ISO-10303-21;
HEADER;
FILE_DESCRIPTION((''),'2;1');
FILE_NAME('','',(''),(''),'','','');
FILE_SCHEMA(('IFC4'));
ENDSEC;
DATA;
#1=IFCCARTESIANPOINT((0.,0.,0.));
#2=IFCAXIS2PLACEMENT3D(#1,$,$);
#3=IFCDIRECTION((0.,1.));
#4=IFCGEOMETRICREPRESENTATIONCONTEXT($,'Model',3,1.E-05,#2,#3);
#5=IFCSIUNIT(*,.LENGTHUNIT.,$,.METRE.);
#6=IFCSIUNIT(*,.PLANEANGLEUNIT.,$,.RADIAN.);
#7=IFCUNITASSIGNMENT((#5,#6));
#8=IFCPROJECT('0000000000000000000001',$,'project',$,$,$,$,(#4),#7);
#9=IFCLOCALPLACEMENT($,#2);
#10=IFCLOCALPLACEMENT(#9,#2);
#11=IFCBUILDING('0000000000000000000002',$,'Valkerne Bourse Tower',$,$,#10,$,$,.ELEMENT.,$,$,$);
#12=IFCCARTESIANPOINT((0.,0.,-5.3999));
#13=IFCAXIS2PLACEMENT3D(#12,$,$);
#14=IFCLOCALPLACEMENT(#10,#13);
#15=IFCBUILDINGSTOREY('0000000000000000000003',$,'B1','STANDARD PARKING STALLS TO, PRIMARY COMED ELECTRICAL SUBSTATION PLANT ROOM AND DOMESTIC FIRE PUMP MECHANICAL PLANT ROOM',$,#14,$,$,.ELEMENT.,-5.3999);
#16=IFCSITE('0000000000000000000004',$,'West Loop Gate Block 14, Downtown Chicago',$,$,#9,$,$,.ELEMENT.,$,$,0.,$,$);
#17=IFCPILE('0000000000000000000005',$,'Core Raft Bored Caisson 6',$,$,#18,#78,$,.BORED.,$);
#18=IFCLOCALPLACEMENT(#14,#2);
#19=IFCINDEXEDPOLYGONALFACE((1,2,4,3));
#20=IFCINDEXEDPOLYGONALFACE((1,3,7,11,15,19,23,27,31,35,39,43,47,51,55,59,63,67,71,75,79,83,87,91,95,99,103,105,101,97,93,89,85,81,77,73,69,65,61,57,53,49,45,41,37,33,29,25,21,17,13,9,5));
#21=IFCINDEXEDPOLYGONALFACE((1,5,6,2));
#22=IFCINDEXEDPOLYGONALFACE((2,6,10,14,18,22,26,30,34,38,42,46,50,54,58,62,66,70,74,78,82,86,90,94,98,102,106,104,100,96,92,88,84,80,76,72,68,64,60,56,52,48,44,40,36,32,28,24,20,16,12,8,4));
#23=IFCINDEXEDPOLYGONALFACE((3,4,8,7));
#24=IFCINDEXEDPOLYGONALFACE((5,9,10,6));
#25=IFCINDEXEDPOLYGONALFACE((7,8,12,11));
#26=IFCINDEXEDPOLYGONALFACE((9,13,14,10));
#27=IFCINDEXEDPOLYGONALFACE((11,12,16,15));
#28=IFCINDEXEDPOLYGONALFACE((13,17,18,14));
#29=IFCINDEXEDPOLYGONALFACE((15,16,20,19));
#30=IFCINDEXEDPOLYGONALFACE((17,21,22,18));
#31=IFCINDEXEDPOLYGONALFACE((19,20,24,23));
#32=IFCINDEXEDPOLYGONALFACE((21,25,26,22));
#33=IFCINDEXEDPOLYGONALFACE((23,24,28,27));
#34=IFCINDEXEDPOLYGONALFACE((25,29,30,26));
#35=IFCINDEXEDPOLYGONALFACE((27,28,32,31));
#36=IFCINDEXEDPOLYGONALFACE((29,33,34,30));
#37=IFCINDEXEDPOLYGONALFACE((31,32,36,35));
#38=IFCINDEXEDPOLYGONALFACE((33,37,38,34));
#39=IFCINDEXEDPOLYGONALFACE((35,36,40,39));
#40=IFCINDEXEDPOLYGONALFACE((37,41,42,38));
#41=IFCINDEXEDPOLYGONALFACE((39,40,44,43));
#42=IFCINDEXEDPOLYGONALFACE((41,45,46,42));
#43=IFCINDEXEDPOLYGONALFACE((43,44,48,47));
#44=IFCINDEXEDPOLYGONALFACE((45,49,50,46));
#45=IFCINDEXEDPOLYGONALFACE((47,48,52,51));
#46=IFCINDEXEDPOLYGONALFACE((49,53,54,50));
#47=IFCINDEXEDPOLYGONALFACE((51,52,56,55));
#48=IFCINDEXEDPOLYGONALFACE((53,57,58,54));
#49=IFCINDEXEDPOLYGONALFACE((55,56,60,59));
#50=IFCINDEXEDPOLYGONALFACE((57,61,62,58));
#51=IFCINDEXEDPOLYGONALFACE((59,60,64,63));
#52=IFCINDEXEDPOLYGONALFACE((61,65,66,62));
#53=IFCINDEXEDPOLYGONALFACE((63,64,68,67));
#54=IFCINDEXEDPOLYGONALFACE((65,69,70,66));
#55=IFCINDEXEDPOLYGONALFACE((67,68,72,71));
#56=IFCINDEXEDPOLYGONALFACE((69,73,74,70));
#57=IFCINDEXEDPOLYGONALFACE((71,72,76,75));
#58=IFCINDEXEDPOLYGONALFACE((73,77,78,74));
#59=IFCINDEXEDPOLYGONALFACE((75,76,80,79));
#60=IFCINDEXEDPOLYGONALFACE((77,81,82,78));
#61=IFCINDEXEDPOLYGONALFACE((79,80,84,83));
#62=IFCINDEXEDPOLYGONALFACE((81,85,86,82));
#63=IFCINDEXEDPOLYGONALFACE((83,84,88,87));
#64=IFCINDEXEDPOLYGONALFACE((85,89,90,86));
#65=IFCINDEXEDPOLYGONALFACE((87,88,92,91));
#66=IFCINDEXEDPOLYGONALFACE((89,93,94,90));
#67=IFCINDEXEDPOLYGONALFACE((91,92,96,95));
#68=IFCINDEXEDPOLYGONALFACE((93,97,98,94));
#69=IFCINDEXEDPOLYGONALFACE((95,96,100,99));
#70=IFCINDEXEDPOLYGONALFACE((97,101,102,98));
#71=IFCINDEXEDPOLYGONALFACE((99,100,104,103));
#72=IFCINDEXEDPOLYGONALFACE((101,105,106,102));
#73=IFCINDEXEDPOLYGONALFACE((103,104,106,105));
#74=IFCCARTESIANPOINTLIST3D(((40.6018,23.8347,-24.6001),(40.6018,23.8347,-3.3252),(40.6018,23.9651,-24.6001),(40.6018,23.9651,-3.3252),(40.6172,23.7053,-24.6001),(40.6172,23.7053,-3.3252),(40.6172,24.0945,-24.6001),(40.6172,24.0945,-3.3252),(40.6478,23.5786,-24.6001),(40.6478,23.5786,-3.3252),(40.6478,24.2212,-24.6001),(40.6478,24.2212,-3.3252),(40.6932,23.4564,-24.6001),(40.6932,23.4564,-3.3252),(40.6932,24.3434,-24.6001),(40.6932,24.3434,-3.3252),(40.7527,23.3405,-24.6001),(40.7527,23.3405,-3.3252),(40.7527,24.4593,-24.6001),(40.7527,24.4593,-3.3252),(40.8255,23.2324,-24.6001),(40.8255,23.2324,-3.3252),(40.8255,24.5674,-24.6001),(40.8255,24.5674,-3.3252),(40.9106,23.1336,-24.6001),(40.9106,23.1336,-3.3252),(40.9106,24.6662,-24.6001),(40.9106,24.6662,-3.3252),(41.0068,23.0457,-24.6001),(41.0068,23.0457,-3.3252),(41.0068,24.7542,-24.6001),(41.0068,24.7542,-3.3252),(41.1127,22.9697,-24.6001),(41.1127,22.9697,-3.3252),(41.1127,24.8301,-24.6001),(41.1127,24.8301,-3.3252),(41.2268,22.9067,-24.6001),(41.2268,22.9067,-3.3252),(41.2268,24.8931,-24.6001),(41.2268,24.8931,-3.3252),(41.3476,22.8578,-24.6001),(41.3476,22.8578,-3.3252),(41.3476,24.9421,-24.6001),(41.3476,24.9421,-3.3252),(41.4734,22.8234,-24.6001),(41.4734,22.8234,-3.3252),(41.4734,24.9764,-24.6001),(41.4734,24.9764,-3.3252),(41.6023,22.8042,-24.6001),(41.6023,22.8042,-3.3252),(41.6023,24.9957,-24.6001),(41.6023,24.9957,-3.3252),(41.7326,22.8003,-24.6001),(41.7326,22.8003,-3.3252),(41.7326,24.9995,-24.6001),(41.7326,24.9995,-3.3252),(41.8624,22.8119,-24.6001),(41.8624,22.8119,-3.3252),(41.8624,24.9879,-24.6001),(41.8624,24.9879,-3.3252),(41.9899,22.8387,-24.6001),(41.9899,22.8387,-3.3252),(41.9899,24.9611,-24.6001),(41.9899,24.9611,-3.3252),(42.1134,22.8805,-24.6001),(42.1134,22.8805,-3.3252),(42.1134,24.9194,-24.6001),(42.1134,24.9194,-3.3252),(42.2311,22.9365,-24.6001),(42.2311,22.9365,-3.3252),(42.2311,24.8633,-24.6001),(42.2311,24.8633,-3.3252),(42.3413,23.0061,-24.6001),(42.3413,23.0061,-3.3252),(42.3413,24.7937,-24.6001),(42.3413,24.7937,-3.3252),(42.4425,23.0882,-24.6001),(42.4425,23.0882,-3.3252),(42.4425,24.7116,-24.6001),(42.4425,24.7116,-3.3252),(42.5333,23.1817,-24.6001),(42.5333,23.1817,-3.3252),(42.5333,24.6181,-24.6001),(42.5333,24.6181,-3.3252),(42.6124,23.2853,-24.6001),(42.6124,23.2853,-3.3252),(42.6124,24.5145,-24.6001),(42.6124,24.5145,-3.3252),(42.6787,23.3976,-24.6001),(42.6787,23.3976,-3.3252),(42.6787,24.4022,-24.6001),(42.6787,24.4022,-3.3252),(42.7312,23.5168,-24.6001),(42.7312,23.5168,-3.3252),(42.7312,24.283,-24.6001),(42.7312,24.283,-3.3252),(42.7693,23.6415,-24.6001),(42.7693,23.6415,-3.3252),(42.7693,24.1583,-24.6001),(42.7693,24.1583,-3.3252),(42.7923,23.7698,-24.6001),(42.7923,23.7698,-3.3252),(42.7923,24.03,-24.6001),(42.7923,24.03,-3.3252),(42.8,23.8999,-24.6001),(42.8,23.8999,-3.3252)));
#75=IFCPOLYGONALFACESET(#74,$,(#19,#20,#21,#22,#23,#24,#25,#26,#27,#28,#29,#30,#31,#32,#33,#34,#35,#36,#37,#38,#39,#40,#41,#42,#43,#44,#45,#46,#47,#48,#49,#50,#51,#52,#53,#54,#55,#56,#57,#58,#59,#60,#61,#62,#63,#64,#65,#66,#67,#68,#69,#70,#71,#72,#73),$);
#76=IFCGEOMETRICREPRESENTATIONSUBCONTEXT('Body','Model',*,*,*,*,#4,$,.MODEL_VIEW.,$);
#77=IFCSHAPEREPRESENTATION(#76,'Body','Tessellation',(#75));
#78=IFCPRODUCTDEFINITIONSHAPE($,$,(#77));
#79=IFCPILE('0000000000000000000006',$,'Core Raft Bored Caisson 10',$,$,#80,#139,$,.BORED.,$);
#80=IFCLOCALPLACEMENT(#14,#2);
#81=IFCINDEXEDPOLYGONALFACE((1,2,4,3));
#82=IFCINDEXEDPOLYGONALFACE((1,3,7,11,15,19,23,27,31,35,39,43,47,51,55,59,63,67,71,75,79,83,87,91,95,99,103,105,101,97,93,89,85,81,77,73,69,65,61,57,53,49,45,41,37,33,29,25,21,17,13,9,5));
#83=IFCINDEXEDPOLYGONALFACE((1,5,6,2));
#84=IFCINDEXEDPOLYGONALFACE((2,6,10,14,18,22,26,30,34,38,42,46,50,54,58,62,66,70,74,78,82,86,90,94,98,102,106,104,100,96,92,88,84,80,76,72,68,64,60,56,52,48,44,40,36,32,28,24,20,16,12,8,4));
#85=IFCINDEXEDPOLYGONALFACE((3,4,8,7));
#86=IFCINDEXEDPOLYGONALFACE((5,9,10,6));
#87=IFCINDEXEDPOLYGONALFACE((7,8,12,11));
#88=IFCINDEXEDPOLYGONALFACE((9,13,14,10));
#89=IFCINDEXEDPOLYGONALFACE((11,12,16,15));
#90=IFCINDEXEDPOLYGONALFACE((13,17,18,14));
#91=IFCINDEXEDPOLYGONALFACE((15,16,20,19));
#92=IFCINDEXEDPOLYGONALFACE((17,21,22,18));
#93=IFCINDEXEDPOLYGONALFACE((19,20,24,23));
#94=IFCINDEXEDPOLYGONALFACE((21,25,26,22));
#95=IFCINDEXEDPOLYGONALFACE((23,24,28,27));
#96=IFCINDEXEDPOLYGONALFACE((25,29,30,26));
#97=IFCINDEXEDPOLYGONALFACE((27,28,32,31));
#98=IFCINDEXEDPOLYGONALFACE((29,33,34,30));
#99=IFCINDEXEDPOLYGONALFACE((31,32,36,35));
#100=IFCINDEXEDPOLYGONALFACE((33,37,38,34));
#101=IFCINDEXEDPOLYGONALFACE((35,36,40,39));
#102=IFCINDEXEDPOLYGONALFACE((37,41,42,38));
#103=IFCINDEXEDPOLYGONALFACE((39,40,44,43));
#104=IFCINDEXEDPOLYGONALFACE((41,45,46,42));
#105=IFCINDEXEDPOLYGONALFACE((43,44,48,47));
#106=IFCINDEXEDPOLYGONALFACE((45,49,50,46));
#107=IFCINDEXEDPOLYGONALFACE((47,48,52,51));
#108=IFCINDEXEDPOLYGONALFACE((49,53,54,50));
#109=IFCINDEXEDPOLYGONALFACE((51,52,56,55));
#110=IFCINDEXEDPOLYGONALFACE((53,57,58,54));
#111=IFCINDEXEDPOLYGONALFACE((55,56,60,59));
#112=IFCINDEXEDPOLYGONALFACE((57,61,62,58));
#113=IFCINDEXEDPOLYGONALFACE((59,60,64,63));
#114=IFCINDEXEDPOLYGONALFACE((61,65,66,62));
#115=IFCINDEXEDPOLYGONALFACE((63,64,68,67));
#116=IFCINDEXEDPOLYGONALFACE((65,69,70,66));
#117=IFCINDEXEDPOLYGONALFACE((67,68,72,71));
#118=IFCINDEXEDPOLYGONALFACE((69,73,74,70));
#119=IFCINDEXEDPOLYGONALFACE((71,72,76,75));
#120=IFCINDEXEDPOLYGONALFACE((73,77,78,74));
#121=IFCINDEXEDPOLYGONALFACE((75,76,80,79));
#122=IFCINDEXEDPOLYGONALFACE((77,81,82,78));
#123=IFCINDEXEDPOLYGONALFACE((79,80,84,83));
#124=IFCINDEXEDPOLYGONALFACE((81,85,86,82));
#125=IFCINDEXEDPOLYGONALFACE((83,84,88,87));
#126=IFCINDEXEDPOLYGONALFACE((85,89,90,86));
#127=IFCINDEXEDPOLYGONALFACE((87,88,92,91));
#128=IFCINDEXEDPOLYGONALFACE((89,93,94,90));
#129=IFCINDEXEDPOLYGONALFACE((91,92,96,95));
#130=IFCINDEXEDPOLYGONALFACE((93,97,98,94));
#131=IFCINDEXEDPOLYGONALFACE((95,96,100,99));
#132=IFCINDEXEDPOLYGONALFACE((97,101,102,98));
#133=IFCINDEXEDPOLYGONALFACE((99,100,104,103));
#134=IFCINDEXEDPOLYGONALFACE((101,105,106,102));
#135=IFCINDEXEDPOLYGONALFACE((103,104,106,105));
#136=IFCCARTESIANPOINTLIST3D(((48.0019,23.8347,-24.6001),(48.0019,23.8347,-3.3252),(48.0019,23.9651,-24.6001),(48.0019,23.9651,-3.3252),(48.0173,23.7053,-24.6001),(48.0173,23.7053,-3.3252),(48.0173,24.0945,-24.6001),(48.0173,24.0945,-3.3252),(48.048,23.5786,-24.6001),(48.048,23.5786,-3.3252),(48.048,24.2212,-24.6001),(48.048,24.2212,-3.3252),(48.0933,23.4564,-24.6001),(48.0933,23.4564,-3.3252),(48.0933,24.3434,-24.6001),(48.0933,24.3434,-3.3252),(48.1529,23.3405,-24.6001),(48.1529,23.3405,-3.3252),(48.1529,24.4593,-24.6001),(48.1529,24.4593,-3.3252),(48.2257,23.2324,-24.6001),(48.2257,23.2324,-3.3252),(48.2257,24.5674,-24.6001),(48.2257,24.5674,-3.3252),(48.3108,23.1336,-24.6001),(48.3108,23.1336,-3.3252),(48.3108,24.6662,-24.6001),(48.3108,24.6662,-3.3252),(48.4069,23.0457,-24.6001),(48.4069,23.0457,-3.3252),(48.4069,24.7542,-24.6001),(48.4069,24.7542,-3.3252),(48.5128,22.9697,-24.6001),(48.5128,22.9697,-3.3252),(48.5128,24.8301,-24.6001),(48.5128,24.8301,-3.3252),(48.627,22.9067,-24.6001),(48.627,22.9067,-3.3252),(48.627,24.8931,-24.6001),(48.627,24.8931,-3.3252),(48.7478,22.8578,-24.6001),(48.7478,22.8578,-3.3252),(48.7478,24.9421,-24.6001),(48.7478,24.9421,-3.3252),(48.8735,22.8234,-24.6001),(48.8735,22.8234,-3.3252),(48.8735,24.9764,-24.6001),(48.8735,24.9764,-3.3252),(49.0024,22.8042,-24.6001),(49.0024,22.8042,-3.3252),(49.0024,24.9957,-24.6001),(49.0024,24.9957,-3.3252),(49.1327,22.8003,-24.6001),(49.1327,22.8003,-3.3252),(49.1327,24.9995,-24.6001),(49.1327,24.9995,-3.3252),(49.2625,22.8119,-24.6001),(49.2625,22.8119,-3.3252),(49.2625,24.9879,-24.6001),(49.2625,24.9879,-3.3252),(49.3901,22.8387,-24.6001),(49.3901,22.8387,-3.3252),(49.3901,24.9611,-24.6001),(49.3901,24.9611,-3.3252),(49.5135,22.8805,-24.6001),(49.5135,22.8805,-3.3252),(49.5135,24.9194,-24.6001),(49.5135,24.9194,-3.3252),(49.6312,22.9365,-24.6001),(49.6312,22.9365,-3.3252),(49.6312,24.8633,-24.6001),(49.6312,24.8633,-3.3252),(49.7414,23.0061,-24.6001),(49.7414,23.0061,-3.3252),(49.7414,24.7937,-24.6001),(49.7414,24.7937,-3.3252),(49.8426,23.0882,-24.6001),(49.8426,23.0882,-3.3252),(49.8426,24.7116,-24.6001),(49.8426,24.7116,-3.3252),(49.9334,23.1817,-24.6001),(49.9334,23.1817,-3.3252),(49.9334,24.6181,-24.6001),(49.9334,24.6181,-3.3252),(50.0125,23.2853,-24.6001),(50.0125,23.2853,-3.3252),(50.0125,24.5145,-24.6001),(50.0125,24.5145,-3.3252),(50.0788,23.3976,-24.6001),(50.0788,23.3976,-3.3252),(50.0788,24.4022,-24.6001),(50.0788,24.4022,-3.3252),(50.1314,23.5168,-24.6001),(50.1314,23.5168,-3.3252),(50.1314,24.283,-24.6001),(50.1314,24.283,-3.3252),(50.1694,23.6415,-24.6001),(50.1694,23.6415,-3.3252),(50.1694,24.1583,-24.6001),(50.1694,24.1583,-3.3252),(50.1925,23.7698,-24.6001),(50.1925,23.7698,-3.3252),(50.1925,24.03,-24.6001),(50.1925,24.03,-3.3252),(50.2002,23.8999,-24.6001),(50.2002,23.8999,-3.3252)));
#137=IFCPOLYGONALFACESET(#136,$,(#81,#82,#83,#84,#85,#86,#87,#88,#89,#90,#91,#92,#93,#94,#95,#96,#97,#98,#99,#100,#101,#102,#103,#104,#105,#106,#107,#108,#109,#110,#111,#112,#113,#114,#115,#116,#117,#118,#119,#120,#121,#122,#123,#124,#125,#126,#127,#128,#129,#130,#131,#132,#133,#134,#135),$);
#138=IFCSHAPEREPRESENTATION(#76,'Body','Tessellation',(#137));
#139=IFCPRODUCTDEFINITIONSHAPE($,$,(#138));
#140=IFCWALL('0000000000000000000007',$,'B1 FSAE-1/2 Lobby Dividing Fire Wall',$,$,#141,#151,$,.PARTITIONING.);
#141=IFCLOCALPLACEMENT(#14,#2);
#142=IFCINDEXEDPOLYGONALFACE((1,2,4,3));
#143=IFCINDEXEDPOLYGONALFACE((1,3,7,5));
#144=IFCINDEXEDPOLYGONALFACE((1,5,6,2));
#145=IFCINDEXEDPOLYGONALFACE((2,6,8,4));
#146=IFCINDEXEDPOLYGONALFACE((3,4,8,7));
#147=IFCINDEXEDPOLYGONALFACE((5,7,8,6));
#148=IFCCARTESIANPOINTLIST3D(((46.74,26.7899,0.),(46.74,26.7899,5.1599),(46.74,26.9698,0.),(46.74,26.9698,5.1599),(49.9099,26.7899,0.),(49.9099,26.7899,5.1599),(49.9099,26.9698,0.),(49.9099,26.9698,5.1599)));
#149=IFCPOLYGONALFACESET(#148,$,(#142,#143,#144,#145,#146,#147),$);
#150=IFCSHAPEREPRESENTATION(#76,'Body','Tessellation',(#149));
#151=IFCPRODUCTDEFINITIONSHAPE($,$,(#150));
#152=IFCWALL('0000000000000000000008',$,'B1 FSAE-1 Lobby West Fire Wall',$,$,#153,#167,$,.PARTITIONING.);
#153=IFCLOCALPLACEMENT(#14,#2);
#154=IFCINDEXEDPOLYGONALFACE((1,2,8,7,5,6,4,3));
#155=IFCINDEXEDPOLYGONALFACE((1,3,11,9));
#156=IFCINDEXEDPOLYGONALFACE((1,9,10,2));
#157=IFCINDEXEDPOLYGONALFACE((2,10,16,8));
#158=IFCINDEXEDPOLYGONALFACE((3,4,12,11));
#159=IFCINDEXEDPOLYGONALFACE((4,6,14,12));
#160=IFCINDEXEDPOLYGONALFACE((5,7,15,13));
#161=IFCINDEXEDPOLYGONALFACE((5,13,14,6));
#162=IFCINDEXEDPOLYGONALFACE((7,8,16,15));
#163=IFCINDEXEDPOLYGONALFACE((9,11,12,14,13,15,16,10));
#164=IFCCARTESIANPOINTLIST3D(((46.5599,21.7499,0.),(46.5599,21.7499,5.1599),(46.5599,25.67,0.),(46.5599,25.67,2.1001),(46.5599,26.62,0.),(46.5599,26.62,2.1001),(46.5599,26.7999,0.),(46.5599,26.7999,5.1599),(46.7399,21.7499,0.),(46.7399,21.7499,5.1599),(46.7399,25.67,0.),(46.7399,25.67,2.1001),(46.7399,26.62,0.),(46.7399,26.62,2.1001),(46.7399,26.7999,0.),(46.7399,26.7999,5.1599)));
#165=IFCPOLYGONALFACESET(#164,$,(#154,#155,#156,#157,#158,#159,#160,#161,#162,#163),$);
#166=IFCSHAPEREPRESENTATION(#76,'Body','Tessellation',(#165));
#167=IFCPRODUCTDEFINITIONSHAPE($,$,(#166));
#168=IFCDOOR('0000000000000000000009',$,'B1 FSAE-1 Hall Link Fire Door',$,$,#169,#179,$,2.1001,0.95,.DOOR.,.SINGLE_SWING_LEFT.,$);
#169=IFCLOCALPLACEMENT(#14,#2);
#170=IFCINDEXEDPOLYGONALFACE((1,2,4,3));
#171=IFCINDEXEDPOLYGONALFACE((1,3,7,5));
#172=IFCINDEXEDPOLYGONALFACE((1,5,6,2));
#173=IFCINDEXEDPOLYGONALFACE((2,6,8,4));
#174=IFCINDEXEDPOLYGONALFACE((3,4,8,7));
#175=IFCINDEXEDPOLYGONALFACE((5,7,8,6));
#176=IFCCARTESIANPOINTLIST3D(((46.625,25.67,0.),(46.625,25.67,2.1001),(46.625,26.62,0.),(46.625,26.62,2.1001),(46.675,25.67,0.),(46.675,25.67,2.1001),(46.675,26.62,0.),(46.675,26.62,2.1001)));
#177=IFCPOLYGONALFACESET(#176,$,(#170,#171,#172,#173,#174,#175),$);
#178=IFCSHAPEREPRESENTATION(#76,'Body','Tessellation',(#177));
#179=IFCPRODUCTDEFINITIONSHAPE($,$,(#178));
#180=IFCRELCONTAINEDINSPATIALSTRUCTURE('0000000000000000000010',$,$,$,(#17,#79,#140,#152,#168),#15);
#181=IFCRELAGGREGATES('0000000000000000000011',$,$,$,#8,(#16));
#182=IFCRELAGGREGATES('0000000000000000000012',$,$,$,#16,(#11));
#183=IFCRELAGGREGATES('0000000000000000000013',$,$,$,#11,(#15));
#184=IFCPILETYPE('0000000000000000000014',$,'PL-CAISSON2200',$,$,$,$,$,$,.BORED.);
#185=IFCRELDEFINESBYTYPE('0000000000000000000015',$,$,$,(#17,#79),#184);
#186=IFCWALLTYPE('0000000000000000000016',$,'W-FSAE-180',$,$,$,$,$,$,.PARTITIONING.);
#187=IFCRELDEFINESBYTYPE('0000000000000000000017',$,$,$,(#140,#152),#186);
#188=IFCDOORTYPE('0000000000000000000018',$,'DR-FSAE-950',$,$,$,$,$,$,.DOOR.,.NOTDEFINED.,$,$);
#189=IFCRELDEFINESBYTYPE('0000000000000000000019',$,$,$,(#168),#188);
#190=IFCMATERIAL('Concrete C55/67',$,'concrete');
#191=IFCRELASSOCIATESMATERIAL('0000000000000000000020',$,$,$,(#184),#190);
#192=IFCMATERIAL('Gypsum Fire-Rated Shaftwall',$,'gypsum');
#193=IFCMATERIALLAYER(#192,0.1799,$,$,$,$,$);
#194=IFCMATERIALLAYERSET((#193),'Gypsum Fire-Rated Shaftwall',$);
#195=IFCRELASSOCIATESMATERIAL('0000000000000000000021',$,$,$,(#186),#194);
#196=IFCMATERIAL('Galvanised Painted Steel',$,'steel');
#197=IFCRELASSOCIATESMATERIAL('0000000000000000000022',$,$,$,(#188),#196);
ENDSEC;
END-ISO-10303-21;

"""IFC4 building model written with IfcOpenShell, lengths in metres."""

from ifc_helpers import new_model, si_unit, direction, frame, frame_2d, origin, origin_2d, place, context, subcontext, project, spatial, rectangle, circle, extrude, material, layer, layer_set, material_profile, profile_set, type_object, element, fill, save


model = new_model("IFC4")

# Units and contexts
model_context = context("Model", 3, precision=1e-05, world=origin(), true_north=direction((0.0, 1.0)))
body_context = subcontext(model_context, "Body", "Model", "MODEL_VIEW")
ifc_project = project(units=[si_unit("LENGTHUNIT", "METRE"), si_unit("PLANEANGLEUNIT", "RADIAN")], contexts=[model_context])

# Site, building, storey
site_placement = place(None, origin())
site = spatial("IfcSite", under=ifc_project, at=site_placement, Name="West Loop Gate Block 14, Downtown Chicago", CompositionType="ELEMENT", RefElevation=0.0)
building_placement = place(site_placement, origin())
building = spatial("IfcBuilding", under=site, at=building_placement, Name="Valkerne Bourse Tower", CompositionType="ELEMENT")
storey_placement = place(building_placement, frame((0.0, 0.0, -5.3999)))
storey = spatial("IfcBuildingStorey", under=building, at=storey_placement, Name="B1", Description="STANDARD PARKING STALLS TO, PRIMARY COMED ELECTRICAL SUBSTATION PLANT ROOM AND DOMESTIC FIRE PUMP MECHANICAL PLANT ROOM", CompositionType="ELEMENT", Elevation=-5.3999)

# Piles
ifc_material_1 = material(Name="Concrete C55/67", Category="concrete")
ifc_material_profile = material_profile(ifc_material_1, circle(Radius=1.1001, at=origin_2d()), Name="CAISSON2200")
ifc_profile_set = profile_set([ifc_material_profile], Name="Concrete C55/67")
pile_type = type_object("IfcPileType", Name="PL-CAISSON2200", PredefinedType="BORED", material=ifc_profile_set)
for number, where, z_axis, x_axis, name in (
    (1, (41.7, 23.8999, -3.3252), (0.0, 0.0, -1.0), (1.0, 0.0, 0.0), "Core Raft Bored Caisson 6"),
    (2, (49.1001, 23.8999, -3.3252), (0.0, 0.0, -1.0), (1.0, 0.0, 0.0), "Core Raft Bored Caisson 10"),
):
    element("IfcPile", number, at=place(storey_placement, frame(where, z_axis=z_axis, x_axis=x_axis)), inside=storey, type_object=pile_type, Name=name, PredefinedType="BORED", context=body_context, shape_type="SweptSolid", body=[
        extrude(circle(Radius=1.1001, at=origin_2d()), origin(), (0.0, 0.0, 1.0), 21.2749),
    ])

# Wall
ifc_material_2 = material(Name="Gypsum Fire-Rated Shaftwall", Category="gypsum")
ifc_layer_1 = layer(ifc_material_2, 0.1799)
ifc_layer_set_1 = layer_set([ifc_layer_1], Name="Gypsum Fire-Rated Shaftwall")
wall_type_1 = type_object("IfcWallType", Name="W-FSAE-180", PredefinedType="PARTITIONING", material=ifc_layer_set_1)
wall_1_placement = place(storey_placement, frame((46.74, 26.8799, 0.0), z_axis=(0.0, 0.0, 1.0), x_axis=(1.0, 0.0, 0.0)))
element("IfcWall", 3, at=wall_1_placement, inside=storey, type_object=wall_type_1, Name="B1 FSAE-1/2 Lobby Dividing Fire Wall", PredefinedType="PARTITIONING", context=body_context, shape_type="SweptSolid", body=[
    extrude(rectangle(XDim=3.1699, YDim=0.1799, at=frame_2d((1.585, 0.0))), origin(), (0.0, 0.0, 1.0), 5.1599),
])

# Wall, opening, door
wall_2_placement = place(storey_placement, frame((46.6499, 21.75, 0.0), z_axis=(0.0, 0.0, 1.0), x_axis=(0.0, 1.0, 0.0)))
wall_2 = element("IfcWall", 4, at=wall_2_placement, inside=storey, type_object=wall_type_1, Name="B1 FSAE-1 Lobby West Fire Wall", PredefinedType="PARTITIONING", context=body_context, shape_type="SweptSolid", body=[
    extrude(rectangle(XDim=5.05, YDim=0.1799, at=frame_2d((2.5249, 0.0))), origin(), (0.0, 0.0, 1.0), 5.1599),
])
opening_1_placement = place(wall_2_placement, frame((3.9199, 0.0, 0.0)))
opening_1 = element("IfcOpeningElement", 5, at=opening_1_placement, cuts=wall_2, PredefinedType="OPENING", context=body_context, shape_type="SweptSolid", body=[
    extrude(rectangle(XDim=0.95, YDim=2.1001, at=frame_2d((0.4751, 1.05))), frame((0.0, 0.0999, 0.0), z_axis=(0.0, -1.0, 0.0), x_axis=(1.0, 0.0, 0.0)), (0.0, 0.0, 1.0), 0.2),
])
ifc_material_3 = material(Name="Galvanised Painted Steel", Category="steel")
door_type_1 = type_object("IfcDoorType", Name="DR-FSAE-950", OperationType="NOTDEFINED", PredefinedType="DOOR", material=ifc_material_3)
door_1_placement = place(opening_1_placement, origin())
door_1 = element("IfcDoor", 6, at=door_1_placement, inside=storey, type_object=door_type_1, Name="B1 FSAE-1 Hall Link Fire Door", OperationType="SINGLE_SWING_LEFT", OverallHeight=2.1001, OverallWidth=0.95, PredefinedType="DOOR", context=body_context, shape_type="SweptSolid", body=[
    extrude(rectangle(XDim=0.95, YDim=2.1001, at=frame_2d((0.4751, 1.05))), frame((0.0, 0.0249, 0.0), z_axis=(0.0, -1.0, 0.0), x_axis=(1.0, 0.0, 0.0)), (0.0, 0.0, 1.0), 0.05),
])
fill(opening_1, door_1)

save(model, "model.ifc")
